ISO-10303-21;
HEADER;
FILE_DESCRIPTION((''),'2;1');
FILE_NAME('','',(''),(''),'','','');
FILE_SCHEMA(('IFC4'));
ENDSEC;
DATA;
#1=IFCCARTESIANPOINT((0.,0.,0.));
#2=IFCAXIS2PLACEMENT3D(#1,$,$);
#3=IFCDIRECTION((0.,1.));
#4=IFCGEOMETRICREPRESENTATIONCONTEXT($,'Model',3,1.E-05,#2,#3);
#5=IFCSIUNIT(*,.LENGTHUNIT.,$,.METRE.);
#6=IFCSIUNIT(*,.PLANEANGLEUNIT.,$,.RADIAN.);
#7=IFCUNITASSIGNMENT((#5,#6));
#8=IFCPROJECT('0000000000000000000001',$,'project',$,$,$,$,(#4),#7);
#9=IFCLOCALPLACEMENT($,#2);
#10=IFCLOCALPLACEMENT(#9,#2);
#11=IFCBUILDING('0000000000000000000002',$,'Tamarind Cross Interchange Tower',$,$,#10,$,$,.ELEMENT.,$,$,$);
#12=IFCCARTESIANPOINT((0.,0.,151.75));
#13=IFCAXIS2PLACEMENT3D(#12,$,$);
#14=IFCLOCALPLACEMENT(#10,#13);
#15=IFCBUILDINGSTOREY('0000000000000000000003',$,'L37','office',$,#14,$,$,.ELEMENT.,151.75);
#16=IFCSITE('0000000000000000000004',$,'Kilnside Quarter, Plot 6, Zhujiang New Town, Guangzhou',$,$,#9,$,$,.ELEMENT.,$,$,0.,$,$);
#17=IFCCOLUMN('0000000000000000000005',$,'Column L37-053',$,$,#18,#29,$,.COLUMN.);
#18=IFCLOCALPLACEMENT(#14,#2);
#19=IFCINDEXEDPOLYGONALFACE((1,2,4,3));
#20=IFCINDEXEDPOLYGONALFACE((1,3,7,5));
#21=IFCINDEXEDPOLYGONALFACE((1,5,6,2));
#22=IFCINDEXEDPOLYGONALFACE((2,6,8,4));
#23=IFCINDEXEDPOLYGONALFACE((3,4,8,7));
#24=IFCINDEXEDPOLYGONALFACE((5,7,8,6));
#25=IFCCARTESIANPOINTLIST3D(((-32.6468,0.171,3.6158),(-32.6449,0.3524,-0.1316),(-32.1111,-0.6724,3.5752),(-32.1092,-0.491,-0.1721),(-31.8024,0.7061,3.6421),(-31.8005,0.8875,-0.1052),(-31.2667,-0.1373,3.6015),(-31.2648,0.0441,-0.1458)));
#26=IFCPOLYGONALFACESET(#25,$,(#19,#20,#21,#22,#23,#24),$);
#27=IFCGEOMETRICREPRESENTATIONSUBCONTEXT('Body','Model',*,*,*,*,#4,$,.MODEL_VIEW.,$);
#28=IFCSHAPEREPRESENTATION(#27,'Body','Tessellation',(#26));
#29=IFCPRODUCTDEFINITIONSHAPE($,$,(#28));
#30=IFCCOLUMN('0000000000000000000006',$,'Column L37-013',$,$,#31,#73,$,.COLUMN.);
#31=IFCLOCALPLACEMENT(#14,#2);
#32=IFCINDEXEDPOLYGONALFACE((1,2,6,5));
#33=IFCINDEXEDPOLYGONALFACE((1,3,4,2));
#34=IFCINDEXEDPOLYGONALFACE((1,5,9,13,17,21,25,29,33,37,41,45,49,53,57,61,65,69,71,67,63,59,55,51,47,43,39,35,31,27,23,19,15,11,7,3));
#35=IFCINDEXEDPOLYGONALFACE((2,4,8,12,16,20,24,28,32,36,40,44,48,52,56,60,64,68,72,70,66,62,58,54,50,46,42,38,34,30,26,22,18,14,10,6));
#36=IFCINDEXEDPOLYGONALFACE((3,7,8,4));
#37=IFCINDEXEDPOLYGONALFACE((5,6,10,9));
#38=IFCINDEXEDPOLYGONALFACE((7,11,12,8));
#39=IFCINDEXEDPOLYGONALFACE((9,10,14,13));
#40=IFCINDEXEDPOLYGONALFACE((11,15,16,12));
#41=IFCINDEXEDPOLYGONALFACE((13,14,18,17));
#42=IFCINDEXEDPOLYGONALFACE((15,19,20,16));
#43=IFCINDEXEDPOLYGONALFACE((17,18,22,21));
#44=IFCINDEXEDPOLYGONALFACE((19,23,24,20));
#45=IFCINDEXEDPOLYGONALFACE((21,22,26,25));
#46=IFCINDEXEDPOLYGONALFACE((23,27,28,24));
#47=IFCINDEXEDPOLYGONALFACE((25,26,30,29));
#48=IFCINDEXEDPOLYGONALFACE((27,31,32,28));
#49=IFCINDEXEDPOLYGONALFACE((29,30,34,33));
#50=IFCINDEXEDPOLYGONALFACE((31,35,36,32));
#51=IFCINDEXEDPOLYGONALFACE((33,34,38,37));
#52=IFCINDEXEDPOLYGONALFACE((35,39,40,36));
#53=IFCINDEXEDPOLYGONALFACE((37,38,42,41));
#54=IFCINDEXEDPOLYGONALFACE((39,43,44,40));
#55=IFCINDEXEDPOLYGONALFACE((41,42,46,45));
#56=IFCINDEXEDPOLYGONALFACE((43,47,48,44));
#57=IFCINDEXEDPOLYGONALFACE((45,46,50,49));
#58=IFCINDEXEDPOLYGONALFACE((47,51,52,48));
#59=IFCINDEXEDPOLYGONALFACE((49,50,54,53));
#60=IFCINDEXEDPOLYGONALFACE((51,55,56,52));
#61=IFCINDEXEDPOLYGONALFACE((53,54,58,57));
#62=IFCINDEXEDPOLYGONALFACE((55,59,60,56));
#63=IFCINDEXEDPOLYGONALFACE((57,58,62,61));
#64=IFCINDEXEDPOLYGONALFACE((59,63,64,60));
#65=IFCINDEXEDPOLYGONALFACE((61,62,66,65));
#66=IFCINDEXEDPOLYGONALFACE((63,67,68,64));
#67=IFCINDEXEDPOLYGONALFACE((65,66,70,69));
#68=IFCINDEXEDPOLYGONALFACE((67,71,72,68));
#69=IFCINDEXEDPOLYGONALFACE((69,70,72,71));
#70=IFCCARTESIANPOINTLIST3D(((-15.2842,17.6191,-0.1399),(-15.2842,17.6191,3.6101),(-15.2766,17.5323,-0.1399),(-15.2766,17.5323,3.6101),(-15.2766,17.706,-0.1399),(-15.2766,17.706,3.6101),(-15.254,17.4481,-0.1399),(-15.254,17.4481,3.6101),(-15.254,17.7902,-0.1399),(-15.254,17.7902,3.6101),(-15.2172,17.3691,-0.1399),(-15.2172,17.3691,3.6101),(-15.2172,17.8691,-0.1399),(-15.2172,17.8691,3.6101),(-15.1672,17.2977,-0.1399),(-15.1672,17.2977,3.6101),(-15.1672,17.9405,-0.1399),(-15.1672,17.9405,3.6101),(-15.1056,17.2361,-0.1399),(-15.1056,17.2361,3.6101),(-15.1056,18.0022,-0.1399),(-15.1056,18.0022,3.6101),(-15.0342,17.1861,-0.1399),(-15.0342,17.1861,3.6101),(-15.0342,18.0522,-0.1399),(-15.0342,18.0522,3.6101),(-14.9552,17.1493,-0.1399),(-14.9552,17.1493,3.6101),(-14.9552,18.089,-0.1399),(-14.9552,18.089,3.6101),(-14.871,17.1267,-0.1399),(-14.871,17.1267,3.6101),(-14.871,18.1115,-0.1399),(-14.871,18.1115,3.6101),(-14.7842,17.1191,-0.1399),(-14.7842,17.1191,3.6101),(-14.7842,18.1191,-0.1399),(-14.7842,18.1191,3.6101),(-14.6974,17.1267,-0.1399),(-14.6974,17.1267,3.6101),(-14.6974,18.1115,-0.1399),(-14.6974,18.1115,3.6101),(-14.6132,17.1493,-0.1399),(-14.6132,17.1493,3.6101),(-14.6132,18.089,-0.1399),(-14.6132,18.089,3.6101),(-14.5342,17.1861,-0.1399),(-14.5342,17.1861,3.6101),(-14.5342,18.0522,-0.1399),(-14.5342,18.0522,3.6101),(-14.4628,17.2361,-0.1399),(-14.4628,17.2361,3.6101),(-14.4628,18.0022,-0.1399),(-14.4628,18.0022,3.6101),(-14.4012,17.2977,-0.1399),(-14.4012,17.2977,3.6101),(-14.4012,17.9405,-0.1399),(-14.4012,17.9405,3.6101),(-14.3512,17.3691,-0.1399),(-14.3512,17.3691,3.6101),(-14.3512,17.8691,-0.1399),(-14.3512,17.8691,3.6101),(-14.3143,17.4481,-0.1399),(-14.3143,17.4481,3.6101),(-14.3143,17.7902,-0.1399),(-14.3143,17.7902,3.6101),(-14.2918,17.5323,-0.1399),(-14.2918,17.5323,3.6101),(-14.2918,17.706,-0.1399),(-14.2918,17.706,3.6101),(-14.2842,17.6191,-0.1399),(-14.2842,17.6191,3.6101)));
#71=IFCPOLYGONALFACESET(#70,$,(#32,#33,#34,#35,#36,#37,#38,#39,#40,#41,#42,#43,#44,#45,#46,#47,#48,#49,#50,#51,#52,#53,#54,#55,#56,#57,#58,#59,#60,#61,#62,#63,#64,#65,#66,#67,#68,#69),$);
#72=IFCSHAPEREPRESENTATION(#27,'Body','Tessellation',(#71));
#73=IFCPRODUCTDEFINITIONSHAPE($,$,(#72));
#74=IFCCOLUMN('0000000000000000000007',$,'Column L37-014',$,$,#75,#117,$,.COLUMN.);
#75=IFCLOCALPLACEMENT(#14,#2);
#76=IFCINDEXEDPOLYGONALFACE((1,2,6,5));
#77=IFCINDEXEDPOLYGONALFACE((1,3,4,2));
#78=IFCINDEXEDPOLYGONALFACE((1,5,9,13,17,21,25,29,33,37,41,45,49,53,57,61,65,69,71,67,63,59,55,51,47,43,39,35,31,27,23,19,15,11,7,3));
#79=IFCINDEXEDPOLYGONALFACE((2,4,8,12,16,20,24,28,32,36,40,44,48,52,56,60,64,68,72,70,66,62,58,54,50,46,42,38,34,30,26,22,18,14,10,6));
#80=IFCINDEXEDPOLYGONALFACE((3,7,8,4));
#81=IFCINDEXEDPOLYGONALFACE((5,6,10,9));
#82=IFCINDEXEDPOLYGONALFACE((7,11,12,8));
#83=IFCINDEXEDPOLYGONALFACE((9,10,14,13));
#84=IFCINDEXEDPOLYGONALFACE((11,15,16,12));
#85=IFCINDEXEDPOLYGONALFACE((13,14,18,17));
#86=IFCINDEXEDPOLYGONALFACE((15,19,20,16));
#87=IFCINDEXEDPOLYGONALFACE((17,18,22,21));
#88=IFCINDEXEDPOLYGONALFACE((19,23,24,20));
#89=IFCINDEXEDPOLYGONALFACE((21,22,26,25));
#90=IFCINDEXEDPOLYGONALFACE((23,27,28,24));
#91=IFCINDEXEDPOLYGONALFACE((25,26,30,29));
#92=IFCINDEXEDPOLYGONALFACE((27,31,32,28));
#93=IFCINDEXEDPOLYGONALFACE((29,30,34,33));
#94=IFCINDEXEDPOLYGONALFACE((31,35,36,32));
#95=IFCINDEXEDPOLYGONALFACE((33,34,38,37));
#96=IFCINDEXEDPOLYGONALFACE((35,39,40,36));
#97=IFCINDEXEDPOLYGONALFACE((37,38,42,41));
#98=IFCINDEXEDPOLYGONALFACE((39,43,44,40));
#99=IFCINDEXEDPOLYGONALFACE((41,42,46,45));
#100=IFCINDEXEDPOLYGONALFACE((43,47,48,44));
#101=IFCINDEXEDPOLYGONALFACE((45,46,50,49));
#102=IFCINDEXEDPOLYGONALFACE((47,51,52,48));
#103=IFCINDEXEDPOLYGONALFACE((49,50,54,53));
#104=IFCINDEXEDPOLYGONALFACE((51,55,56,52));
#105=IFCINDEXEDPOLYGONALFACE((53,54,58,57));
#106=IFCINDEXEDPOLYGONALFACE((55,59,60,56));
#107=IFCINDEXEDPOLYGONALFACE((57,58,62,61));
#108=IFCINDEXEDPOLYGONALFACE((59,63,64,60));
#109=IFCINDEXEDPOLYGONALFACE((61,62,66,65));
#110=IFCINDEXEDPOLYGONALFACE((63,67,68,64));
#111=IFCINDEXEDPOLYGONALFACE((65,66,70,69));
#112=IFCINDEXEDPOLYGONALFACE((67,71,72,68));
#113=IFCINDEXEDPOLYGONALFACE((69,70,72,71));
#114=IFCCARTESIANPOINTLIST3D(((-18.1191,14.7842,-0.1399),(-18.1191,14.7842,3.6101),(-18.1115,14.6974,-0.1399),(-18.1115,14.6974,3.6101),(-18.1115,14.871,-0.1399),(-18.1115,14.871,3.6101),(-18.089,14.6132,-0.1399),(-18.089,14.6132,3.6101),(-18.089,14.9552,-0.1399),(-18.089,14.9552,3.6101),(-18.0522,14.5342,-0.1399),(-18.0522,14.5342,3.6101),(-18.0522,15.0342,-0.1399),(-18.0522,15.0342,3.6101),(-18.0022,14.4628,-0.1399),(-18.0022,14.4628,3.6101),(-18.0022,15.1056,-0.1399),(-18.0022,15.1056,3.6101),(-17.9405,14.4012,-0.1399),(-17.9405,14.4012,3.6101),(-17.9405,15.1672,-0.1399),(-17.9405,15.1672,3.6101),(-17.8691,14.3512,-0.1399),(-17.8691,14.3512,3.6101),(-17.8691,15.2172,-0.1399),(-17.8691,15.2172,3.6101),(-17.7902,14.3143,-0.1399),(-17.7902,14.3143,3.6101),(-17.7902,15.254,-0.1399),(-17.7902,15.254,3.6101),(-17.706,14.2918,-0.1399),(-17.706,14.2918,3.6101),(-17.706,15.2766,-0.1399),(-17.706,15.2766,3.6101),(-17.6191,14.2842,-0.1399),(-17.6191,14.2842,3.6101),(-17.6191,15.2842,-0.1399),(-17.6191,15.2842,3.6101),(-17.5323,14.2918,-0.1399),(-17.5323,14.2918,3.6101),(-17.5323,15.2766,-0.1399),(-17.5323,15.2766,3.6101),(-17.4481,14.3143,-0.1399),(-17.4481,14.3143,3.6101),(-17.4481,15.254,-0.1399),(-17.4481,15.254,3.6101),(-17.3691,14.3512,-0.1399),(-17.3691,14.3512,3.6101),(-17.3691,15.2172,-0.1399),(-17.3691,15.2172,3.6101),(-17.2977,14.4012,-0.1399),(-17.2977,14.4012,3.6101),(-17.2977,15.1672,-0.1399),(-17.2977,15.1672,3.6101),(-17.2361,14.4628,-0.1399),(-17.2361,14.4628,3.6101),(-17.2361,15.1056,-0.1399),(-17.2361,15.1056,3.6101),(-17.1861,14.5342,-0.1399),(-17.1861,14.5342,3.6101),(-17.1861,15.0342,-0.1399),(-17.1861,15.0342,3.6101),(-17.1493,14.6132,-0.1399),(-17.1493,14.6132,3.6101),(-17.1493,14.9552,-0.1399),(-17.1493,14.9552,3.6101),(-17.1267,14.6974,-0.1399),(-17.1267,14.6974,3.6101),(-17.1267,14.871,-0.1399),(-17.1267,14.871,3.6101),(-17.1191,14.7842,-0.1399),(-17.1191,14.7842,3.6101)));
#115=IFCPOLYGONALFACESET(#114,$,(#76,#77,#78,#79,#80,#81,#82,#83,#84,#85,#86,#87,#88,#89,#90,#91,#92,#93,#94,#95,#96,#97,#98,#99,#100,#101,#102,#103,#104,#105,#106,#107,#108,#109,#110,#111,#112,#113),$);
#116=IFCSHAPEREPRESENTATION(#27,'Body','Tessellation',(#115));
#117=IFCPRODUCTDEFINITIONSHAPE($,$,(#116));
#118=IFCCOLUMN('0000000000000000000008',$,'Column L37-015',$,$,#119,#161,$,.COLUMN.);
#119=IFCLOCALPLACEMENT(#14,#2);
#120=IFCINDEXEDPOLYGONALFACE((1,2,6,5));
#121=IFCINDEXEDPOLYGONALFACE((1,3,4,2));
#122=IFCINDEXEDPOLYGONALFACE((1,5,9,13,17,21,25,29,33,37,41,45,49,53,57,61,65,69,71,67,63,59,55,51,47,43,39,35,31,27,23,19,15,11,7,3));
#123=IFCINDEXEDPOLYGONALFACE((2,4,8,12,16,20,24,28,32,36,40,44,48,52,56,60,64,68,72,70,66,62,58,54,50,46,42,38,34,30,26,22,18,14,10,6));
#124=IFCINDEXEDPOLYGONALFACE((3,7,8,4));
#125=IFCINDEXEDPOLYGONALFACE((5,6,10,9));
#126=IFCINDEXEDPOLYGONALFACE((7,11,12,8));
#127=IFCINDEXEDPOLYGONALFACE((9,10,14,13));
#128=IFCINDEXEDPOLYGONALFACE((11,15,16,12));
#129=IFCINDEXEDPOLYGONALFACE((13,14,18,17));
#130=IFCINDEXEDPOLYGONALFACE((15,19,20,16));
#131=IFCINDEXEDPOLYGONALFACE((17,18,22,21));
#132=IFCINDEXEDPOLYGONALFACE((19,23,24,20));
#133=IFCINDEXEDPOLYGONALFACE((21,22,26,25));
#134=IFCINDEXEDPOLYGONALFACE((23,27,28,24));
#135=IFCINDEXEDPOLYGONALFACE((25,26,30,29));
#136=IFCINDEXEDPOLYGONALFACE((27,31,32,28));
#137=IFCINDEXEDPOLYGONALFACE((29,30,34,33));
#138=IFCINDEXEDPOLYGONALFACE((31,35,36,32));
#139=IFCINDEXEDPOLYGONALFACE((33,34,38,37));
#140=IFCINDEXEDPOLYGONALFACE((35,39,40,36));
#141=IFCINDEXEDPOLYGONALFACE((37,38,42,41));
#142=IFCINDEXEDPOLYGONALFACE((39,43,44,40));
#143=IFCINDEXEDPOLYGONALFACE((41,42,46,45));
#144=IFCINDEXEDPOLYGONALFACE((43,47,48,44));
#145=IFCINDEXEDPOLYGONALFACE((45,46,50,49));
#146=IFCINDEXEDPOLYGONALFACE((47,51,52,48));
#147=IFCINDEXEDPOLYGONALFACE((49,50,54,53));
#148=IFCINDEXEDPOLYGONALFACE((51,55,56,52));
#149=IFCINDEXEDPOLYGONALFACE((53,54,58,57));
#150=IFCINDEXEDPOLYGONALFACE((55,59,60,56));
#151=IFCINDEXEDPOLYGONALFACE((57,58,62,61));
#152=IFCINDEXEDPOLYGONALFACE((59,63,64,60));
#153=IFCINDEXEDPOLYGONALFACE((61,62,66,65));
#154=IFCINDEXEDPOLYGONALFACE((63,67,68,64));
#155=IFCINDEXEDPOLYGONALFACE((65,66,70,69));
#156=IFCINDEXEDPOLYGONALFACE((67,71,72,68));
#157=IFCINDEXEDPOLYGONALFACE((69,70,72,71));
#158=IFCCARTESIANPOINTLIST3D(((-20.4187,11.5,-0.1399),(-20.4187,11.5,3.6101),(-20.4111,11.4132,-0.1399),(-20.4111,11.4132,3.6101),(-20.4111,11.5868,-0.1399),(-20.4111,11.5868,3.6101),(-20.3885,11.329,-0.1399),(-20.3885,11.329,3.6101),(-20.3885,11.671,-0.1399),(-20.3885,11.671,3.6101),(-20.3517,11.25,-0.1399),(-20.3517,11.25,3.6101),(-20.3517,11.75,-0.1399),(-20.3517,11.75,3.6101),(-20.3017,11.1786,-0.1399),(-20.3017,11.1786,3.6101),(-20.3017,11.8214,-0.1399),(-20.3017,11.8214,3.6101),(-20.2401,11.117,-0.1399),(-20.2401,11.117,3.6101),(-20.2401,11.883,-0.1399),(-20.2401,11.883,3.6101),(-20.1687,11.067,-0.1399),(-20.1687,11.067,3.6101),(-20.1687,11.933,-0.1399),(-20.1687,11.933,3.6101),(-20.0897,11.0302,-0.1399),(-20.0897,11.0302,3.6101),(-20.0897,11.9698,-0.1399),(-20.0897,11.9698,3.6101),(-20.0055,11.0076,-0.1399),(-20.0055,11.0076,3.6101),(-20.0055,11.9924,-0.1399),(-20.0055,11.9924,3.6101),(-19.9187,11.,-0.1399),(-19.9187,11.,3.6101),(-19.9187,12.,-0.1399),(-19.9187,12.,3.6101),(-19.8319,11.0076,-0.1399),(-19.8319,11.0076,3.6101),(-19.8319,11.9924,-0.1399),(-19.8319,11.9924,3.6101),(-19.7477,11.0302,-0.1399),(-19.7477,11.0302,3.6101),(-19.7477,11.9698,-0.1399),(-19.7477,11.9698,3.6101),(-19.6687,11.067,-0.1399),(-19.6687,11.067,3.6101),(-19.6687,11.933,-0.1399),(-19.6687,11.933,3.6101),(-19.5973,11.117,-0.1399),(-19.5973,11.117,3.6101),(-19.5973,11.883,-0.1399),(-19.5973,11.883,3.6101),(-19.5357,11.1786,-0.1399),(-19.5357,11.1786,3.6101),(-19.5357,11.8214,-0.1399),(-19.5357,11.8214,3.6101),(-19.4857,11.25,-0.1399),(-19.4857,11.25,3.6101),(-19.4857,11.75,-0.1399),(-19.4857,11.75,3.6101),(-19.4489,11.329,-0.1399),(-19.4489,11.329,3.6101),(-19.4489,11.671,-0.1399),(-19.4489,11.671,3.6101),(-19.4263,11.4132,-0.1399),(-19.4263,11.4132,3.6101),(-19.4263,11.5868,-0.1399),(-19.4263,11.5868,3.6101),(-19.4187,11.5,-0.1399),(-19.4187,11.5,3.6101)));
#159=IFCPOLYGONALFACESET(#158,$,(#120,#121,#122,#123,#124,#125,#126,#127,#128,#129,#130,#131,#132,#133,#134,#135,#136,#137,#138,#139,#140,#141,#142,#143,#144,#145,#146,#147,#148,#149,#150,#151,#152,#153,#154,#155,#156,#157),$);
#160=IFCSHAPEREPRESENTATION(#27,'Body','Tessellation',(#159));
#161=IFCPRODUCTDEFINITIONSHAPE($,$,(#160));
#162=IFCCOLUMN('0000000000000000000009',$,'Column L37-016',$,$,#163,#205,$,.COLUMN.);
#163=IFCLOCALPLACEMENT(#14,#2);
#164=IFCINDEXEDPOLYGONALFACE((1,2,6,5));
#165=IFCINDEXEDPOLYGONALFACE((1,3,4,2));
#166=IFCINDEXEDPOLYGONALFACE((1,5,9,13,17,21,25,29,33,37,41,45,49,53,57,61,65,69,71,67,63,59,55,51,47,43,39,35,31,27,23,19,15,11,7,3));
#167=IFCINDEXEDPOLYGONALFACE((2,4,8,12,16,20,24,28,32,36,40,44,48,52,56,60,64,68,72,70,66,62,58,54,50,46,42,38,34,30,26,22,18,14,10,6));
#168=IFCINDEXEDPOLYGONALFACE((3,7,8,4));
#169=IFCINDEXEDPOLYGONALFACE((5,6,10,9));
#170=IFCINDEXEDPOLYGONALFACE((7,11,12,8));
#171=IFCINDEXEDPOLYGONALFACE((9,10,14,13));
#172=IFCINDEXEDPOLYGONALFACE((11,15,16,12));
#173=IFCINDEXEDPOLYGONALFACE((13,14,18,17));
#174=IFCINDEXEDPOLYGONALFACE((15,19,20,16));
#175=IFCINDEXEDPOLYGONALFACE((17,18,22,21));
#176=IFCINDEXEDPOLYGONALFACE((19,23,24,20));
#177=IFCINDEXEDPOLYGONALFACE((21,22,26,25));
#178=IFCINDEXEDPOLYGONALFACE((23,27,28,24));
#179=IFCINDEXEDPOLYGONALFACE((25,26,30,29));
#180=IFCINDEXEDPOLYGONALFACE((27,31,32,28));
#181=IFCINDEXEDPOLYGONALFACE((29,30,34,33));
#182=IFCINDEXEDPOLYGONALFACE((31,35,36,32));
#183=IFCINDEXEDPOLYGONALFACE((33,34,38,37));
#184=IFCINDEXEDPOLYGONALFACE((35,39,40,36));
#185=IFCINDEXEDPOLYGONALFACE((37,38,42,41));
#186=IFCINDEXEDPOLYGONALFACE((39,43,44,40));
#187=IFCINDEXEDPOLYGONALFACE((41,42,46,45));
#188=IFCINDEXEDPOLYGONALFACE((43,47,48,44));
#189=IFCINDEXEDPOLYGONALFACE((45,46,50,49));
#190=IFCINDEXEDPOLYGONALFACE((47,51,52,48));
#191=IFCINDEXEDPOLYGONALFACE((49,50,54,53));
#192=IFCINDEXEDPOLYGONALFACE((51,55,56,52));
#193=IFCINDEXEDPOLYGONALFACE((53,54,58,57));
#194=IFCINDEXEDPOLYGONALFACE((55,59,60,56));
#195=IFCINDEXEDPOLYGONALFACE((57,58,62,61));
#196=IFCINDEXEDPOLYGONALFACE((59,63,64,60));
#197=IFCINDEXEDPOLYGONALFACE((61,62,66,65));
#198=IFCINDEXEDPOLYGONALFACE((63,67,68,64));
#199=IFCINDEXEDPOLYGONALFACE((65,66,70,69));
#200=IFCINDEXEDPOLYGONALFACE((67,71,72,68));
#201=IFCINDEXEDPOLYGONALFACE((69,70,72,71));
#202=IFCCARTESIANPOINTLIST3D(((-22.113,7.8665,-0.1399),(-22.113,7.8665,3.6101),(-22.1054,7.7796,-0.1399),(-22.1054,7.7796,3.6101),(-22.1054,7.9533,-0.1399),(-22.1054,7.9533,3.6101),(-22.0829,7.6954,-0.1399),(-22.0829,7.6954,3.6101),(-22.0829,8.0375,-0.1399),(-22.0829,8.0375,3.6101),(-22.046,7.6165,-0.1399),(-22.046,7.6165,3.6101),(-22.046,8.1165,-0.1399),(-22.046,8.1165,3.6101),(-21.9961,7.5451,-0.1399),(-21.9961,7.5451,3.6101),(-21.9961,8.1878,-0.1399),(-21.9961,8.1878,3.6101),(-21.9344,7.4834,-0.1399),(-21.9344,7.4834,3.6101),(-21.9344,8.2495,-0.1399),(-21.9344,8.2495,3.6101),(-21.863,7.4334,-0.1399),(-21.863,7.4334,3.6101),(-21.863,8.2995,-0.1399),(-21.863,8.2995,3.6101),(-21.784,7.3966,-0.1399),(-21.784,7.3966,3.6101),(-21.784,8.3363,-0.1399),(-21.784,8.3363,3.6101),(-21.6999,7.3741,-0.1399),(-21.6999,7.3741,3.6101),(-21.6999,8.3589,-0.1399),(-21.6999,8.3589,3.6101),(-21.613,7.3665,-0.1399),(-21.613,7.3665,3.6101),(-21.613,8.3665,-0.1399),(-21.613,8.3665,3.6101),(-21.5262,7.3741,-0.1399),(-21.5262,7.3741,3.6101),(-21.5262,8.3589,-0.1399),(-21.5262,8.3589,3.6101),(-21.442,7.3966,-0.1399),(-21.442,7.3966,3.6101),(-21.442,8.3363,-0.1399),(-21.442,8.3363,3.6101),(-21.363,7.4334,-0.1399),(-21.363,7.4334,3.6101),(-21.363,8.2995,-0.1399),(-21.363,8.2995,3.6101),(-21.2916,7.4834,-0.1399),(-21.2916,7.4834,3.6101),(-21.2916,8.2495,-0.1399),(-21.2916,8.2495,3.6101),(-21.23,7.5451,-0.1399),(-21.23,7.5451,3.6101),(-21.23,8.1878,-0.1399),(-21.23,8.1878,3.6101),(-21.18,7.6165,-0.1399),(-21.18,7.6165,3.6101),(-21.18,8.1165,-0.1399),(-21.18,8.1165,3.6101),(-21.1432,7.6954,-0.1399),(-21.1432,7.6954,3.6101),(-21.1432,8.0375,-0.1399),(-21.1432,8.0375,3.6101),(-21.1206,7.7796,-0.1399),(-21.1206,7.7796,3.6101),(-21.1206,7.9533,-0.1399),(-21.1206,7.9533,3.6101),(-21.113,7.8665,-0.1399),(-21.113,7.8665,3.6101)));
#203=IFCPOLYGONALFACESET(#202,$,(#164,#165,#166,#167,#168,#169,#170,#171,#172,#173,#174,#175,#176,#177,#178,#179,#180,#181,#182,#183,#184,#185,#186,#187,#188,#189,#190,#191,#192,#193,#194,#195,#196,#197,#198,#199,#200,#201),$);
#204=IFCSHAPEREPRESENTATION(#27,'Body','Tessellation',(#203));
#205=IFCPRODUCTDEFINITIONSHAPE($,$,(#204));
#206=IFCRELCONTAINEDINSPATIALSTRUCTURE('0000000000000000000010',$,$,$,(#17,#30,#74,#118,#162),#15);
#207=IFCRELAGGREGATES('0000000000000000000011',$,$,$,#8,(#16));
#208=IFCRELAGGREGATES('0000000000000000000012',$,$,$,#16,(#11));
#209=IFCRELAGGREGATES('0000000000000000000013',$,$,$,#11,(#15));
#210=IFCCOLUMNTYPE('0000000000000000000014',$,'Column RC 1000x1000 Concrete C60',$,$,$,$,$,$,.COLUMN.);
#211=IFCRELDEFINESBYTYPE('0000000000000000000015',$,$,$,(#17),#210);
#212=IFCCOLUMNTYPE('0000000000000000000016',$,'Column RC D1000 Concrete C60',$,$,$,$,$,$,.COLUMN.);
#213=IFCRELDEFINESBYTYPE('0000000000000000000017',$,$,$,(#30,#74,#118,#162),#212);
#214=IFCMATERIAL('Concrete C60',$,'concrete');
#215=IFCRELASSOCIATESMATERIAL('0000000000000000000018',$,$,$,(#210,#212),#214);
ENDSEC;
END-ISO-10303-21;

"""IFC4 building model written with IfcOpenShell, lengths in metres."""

from ifc_helpers import new_model, si_unit, direction, frame, origin, origin_2d, place, context, subcontext, project, spatial, rectangle, circle, extrude, material, material_profile, profile_set, type_object, element, save


model = new_model("IFC4")

# Units and contexts
model_context = context("Model", 3, precision=1e-05, world=origin(), true_north=direction((0.0, 1.0)))
body_context = subcontext(model_context, "Body", "Model", "MODEL_VIEW")
ifc_project = project(units=[si_unit("LENGTHUNIT", "METRE"), si_unit("PLANEANGLEUNIT", "RADIAN")], contexts=[model_context])

# Site, building, storey
site_placement = place(None, origin())
site = spatial("IfcSite", under=ifc_project, at=site_placement, Name="Kilnside Quarter, Plot 6, Zhujiang New Town, Guangzhou", CompositionType="ELEMENT", RefElevation=0.0)
building_placement = place(site_placement, origin())
building = spatial("IfcBuilding", under=site, at=building_placement, Name="Tamarind Cross Interchange Tower", CompositionType="ELEMENT")
storey_placement = place(building_placement, frame((0.0, 0.0, 151.75)))
storey = spatial("IfcBuildingStorey", under=building, at=storey_placement, Name="L37", Description="office", CompositionType="ELEMENT", Elevation=151.75)

# Columns
ifc_material_1 = material(Name="Concrete C60", Category="concrete")
ifc_material_profile_1 = material_profile(ifc_material_1, rectangle(XDim=1.0, YDim=1.0, at=origin_2d()), Name="RC 1000x1000")
ifc_profile_set_1 = profile_set([ifc_material_profile_1], Name="Concrete C60")
column_type_1 = type_object("IfcColumnType", Name="Column RC 1000x1000 Concrete C60", PredefinedType="COLUMN", material=ifc_profile_set_1)
column_placement = place(storey_placement, frame((-31.9548, 0.1982, -0.1387), z_axis=(-0.000521, -0.04835, 0.99883), x_axis=(0.844404, 0.53506, 0.026341)))
element("IfcColumn", 1, at=column_placement, inside=storey, type_object=column_type_1, Name="Column L37-053", PredefinedType="COLUMN", context=body_context, shape_type="SweptSolid", body=[
    extrude(rectangle(XDim=1.0, YDim=1.0, at=origin_2d()), origin(), (0.0, 0.0, 1.0), 3.7517),
])
ifc_material_profile_2 = material_profile(ifc_material_1, circle(Radius=0.5, at=origin_2d()), Name="RC D1000")
ifc_profile_set_2 = profile_set([ifc_material_profile_2], Name="Concrete C60")
column_type_2 = type_object("IfcColumnType", Name="Column RC D1000 Concrete C60", PredefinedType="COLUMN", material=ifc_profile_set_2)
for number, where, z_axis, x_axis, name in (
    (2, (-14.7842, 17.6191, -0.1399), (0.0, 0.0, 1.0), (1.0, 0.0, 0.0), "Column L37-013"),
    (3, (-17.6191, 14.7842, -0.1399), (0.0, 0.0, 1.0), (1.0, 0.0, 0.0), "Column L37-014"),
    (4, (-19.9187, 11.5, -0.1399), (0.0, 0.0, 1.0), (1.0, 0.0, 0.0), "Column L37-015"),
    (5, (-21.613, 7.8665, -0.1399), (0.0, 0.0, 1.0), (1.0, 0.0, 0.0), "Column L37-016"),
):
    element("IfcColumn", number, at=place(storey_placement, frame(where, z_axis=z_axis, x_axis=x_axis)), inside=storey, type_object=column_type_2, Name=name, PredefinedType="COLUMN", context=body_context, shape_type="SweptSolid", body=[
        extrude(circle(Radius=0.5, at=origin_2d()), origin(), (0.0, 0.0, 1.0), 3.75),
    ])

save(model, "model.ifc")
